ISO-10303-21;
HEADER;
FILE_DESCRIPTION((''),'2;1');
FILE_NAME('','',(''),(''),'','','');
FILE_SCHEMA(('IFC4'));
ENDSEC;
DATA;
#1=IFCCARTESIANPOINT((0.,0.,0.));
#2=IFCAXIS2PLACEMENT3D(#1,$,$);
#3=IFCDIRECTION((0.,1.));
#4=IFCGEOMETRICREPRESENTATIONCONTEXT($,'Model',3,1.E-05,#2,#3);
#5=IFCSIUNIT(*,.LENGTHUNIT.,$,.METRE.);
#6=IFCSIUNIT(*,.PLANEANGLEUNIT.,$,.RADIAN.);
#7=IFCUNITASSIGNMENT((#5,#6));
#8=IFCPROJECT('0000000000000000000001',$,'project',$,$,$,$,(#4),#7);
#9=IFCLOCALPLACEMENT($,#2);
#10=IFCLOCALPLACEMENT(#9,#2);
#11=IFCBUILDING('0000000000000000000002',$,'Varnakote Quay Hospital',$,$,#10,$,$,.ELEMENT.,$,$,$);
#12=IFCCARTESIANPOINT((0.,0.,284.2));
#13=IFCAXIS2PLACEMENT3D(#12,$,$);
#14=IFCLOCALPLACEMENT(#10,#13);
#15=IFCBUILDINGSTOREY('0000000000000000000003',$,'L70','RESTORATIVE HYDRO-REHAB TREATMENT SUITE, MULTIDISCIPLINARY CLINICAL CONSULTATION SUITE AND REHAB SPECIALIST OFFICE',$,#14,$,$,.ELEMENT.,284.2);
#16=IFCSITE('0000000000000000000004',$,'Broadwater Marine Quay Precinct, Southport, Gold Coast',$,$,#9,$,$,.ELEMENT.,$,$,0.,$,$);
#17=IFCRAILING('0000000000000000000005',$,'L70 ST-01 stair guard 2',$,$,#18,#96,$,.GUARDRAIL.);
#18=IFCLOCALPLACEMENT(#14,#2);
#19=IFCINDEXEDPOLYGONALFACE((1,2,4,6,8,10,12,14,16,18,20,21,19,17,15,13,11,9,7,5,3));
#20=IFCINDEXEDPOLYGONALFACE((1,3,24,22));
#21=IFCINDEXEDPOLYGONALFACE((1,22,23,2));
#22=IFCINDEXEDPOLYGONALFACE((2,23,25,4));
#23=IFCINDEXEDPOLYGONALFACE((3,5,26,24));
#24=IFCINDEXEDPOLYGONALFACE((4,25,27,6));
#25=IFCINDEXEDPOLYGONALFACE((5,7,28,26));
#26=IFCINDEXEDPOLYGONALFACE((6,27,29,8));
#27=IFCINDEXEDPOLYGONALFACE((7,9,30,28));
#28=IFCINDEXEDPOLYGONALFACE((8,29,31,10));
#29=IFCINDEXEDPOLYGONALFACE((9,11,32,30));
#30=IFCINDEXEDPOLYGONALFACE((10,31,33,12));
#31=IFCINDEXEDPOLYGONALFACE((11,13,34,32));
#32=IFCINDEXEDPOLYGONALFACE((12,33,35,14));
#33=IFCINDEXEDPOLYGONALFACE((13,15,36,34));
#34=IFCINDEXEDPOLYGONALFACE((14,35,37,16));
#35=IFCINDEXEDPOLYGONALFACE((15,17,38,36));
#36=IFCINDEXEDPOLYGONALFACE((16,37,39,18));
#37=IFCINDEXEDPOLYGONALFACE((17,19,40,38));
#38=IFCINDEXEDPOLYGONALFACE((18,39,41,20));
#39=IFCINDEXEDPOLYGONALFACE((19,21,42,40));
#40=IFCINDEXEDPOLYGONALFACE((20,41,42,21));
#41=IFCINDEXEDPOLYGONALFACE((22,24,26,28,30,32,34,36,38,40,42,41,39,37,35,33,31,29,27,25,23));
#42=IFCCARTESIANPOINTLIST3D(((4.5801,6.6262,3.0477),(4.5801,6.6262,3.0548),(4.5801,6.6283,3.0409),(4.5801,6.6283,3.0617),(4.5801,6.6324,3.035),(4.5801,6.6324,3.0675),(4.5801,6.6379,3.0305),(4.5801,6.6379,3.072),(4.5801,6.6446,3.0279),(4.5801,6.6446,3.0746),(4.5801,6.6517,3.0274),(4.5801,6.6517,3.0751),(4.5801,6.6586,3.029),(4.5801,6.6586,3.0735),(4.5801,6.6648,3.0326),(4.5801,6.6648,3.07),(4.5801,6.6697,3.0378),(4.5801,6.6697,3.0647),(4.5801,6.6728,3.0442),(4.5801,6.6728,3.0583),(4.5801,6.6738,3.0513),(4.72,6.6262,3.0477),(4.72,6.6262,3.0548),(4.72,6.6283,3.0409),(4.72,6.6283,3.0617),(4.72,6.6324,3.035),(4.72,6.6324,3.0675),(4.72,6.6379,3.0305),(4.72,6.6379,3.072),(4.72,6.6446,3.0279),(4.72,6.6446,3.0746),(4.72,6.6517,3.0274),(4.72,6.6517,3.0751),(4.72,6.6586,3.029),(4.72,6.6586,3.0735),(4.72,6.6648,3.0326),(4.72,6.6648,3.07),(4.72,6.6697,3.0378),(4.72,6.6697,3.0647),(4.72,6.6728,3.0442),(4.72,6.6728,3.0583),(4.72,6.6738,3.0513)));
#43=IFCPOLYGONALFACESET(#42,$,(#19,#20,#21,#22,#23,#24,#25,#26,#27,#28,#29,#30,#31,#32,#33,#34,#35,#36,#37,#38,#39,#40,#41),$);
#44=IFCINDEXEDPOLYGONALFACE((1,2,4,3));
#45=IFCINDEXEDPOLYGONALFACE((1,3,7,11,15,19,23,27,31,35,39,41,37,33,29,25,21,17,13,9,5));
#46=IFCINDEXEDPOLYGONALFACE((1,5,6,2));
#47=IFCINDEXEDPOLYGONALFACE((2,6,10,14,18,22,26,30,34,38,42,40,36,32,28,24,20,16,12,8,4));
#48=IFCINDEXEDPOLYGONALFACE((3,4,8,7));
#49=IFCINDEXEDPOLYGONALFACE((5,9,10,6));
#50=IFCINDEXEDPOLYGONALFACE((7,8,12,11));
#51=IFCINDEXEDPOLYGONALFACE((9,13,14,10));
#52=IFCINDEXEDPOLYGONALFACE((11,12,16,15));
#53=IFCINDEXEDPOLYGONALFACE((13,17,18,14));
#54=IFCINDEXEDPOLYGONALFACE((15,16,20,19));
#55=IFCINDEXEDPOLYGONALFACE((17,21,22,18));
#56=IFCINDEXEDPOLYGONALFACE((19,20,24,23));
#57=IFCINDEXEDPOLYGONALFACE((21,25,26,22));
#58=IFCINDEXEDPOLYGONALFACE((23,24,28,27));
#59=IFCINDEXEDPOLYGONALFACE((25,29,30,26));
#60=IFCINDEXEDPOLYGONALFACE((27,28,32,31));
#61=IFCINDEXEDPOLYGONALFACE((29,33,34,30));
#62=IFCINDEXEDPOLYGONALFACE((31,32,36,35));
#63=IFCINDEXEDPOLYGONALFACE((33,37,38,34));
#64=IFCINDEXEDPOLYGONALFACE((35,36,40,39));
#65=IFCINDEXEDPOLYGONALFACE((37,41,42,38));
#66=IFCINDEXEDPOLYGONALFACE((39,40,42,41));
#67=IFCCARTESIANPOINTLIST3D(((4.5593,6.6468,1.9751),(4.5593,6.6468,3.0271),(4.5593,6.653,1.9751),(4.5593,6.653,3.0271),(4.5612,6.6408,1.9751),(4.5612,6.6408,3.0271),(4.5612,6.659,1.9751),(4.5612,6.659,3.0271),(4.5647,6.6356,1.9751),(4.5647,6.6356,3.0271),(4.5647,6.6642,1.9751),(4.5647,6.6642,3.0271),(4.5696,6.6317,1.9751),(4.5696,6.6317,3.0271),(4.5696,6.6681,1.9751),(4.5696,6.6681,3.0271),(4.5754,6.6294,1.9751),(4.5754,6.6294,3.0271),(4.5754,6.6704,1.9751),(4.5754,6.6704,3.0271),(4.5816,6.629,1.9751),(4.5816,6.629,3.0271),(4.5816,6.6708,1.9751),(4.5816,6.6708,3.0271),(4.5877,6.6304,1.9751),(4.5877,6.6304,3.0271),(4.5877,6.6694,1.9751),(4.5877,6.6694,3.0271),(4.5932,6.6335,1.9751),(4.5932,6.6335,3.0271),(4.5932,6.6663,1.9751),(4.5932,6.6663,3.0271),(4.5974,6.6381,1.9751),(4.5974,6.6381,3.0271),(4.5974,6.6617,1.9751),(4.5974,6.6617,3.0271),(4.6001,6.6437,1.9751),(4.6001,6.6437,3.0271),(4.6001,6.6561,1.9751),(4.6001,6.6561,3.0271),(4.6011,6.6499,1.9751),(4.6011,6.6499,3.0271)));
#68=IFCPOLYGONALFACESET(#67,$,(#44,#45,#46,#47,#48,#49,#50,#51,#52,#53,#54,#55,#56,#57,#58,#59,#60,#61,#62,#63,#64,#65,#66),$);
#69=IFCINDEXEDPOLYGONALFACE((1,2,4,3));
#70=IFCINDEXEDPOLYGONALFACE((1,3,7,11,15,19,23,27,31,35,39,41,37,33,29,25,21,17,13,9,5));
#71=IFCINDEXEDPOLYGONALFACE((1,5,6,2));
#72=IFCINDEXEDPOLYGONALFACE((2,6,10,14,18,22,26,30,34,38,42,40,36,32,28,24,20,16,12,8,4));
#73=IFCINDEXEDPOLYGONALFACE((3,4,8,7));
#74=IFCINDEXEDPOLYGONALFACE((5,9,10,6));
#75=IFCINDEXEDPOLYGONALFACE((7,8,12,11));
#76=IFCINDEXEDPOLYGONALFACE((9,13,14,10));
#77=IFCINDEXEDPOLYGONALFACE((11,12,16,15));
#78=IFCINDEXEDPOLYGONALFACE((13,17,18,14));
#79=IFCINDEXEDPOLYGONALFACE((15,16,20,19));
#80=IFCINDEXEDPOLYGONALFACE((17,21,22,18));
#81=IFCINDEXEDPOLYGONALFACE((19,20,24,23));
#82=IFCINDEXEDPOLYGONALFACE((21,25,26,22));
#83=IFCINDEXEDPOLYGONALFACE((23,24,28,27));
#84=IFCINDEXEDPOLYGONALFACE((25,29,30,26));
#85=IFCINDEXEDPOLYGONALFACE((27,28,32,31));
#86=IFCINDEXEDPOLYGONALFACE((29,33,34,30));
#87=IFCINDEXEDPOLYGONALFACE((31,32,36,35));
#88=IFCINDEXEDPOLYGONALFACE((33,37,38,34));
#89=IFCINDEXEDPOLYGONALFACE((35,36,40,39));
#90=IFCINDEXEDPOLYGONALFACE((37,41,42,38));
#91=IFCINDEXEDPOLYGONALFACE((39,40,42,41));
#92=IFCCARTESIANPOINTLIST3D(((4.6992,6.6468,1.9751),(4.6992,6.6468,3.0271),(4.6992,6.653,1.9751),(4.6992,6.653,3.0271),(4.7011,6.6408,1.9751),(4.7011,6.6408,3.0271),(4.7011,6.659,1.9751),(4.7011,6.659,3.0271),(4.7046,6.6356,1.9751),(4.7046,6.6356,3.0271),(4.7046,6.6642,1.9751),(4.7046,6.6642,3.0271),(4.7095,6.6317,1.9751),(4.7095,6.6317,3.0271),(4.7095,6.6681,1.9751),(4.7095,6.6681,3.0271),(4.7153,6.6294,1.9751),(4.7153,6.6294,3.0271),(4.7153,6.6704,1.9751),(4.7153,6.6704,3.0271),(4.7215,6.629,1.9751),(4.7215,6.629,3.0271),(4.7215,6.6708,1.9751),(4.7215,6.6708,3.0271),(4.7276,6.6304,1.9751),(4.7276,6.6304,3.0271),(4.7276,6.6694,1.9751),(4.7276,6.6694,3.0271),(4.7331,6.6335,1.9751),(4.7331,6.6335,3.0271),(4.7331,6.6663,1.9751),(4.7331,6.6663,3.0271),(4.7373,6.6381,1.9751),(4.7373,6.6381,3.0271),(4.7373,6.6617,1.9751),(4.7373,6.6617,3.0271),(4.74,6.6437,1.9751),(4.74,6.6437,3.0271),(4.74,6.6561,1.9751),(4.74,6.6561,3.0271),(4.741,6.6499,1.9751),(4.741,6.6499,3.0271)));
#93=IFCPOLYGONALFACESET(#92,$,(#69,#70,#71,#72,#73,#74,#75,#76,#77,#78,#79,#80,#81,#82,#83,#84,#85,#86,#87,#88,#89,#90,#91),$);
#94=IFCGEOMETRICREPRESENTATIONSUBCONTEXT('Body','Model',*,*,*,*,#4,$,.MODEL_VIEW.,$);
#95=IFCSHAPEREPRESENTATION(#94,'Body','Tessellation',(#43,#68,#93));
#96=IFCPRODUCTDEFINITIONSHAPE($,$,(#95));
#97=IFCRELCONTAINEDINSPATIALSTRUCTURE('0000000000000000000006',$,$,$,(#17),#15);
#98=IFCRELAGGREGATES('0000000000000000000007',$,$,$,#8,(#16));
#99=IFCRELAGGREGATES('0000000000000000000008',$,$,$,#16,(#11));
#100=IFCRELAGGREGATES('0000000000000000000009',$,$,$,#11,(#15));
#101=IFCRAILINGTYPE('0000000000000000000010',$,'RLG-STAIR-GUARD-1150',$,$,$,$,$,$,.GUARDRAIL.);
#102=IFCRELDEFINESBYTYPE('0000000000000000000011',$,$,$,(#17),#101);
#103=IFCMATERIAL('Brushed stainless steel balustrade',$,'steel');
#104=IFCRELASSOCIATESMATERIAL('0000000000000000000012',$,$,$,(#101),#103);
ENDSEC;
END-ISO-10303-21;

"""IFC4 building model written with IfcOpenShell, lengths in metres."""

from ifc_helpers import new_model, si_unit, direction, frame, origin, origin_2d, place, context, subcontext, project, spatial, circle, extrude, material, type_object, element, save


model = new_model("IFC4")

# Units and contexts
model_context = context("Model", 3, precision=1e-05, world=origin(), true_north=direction((0.0, 1.0)))
body_context = subcontext(model_context, "Body", "Model", "MODEL_VIEW")
ifc_project = project(units=[si_unit("LENGTHUNIT", "METRE"), si_unit("PLANEANGLEUNIT", "RADIAN")], contexts=[model_context])

# Site, building, storey
site_placement = place(None, origin())
site = spatial("IfcSite", under=ifc_project, at=site_placement, Name="Broadwater Marine Quay Precinct, Southport, Gold Coast", CompositionType="ELEMENT", RefElevation=0.0)
building_placement = place(site_placement, origin())
building = spatial("IfcBuilding", under=site, at=building_placement, Name="Varnakote Quay Hospital", CompositionType="ELEMENT")
storey_placement = place(building_placement, frame((0.0, 0.0, 284.2)))
storey = spatial("IfcBuildingStorey", under=building, at=storey_placement, Name="L70", Description="RESTORATIVE HYDRO-REHAB TREATMENT SUITE, MULTIDISCIPLINARY CLINICAL CONSULTATION SUITE AND REHAB SPECIALIST OFFICE", CompositionType="ELEMENT", Elevation=284.2)

# Railing
ifc_material_1 = material(Name="Brushed stainless steel balustrade", Category="steel")
railing_type_1 = type_object("IfcRailingType", Name="RLG-STAIR-GUARD-1150", PredefinedType="GUARDRAIL", material=ifc_material_1)
railing_1_placement = place(storey_placement, frame((4.5801, 6.6499, 1.9751)))
element("IfcRailing", 1, at=railing_1_placement, inside=storey, type_object=railing_type_1, Name="L70 ST-01 stair guard 2", PredefinedType="GUARDRAIL", context=body_context, shape_type="SweptSolid", body=[
    extrude(circle(Radius=0.0239, at=origin_2d()), frame((0.0, 0.0, 1.0762), z_axis=(1.0, 0.0, 0.0), x_axis=(0.0, 1.0, 0.0)), (0.0, 0.0, 1.0), 0.1399),
    extrude(circle(Radius=0.021, at=origin_2d()), origin(), (0.0, 0.0, 1.0), 1.052),
    extrude(circle(Radius=0.021, at=origin_2d()), frame((0.1399, 0.0, 0.0)), (0.0, 0.0, 1.0), 1.052),
])

save(model, "model.ifc")
